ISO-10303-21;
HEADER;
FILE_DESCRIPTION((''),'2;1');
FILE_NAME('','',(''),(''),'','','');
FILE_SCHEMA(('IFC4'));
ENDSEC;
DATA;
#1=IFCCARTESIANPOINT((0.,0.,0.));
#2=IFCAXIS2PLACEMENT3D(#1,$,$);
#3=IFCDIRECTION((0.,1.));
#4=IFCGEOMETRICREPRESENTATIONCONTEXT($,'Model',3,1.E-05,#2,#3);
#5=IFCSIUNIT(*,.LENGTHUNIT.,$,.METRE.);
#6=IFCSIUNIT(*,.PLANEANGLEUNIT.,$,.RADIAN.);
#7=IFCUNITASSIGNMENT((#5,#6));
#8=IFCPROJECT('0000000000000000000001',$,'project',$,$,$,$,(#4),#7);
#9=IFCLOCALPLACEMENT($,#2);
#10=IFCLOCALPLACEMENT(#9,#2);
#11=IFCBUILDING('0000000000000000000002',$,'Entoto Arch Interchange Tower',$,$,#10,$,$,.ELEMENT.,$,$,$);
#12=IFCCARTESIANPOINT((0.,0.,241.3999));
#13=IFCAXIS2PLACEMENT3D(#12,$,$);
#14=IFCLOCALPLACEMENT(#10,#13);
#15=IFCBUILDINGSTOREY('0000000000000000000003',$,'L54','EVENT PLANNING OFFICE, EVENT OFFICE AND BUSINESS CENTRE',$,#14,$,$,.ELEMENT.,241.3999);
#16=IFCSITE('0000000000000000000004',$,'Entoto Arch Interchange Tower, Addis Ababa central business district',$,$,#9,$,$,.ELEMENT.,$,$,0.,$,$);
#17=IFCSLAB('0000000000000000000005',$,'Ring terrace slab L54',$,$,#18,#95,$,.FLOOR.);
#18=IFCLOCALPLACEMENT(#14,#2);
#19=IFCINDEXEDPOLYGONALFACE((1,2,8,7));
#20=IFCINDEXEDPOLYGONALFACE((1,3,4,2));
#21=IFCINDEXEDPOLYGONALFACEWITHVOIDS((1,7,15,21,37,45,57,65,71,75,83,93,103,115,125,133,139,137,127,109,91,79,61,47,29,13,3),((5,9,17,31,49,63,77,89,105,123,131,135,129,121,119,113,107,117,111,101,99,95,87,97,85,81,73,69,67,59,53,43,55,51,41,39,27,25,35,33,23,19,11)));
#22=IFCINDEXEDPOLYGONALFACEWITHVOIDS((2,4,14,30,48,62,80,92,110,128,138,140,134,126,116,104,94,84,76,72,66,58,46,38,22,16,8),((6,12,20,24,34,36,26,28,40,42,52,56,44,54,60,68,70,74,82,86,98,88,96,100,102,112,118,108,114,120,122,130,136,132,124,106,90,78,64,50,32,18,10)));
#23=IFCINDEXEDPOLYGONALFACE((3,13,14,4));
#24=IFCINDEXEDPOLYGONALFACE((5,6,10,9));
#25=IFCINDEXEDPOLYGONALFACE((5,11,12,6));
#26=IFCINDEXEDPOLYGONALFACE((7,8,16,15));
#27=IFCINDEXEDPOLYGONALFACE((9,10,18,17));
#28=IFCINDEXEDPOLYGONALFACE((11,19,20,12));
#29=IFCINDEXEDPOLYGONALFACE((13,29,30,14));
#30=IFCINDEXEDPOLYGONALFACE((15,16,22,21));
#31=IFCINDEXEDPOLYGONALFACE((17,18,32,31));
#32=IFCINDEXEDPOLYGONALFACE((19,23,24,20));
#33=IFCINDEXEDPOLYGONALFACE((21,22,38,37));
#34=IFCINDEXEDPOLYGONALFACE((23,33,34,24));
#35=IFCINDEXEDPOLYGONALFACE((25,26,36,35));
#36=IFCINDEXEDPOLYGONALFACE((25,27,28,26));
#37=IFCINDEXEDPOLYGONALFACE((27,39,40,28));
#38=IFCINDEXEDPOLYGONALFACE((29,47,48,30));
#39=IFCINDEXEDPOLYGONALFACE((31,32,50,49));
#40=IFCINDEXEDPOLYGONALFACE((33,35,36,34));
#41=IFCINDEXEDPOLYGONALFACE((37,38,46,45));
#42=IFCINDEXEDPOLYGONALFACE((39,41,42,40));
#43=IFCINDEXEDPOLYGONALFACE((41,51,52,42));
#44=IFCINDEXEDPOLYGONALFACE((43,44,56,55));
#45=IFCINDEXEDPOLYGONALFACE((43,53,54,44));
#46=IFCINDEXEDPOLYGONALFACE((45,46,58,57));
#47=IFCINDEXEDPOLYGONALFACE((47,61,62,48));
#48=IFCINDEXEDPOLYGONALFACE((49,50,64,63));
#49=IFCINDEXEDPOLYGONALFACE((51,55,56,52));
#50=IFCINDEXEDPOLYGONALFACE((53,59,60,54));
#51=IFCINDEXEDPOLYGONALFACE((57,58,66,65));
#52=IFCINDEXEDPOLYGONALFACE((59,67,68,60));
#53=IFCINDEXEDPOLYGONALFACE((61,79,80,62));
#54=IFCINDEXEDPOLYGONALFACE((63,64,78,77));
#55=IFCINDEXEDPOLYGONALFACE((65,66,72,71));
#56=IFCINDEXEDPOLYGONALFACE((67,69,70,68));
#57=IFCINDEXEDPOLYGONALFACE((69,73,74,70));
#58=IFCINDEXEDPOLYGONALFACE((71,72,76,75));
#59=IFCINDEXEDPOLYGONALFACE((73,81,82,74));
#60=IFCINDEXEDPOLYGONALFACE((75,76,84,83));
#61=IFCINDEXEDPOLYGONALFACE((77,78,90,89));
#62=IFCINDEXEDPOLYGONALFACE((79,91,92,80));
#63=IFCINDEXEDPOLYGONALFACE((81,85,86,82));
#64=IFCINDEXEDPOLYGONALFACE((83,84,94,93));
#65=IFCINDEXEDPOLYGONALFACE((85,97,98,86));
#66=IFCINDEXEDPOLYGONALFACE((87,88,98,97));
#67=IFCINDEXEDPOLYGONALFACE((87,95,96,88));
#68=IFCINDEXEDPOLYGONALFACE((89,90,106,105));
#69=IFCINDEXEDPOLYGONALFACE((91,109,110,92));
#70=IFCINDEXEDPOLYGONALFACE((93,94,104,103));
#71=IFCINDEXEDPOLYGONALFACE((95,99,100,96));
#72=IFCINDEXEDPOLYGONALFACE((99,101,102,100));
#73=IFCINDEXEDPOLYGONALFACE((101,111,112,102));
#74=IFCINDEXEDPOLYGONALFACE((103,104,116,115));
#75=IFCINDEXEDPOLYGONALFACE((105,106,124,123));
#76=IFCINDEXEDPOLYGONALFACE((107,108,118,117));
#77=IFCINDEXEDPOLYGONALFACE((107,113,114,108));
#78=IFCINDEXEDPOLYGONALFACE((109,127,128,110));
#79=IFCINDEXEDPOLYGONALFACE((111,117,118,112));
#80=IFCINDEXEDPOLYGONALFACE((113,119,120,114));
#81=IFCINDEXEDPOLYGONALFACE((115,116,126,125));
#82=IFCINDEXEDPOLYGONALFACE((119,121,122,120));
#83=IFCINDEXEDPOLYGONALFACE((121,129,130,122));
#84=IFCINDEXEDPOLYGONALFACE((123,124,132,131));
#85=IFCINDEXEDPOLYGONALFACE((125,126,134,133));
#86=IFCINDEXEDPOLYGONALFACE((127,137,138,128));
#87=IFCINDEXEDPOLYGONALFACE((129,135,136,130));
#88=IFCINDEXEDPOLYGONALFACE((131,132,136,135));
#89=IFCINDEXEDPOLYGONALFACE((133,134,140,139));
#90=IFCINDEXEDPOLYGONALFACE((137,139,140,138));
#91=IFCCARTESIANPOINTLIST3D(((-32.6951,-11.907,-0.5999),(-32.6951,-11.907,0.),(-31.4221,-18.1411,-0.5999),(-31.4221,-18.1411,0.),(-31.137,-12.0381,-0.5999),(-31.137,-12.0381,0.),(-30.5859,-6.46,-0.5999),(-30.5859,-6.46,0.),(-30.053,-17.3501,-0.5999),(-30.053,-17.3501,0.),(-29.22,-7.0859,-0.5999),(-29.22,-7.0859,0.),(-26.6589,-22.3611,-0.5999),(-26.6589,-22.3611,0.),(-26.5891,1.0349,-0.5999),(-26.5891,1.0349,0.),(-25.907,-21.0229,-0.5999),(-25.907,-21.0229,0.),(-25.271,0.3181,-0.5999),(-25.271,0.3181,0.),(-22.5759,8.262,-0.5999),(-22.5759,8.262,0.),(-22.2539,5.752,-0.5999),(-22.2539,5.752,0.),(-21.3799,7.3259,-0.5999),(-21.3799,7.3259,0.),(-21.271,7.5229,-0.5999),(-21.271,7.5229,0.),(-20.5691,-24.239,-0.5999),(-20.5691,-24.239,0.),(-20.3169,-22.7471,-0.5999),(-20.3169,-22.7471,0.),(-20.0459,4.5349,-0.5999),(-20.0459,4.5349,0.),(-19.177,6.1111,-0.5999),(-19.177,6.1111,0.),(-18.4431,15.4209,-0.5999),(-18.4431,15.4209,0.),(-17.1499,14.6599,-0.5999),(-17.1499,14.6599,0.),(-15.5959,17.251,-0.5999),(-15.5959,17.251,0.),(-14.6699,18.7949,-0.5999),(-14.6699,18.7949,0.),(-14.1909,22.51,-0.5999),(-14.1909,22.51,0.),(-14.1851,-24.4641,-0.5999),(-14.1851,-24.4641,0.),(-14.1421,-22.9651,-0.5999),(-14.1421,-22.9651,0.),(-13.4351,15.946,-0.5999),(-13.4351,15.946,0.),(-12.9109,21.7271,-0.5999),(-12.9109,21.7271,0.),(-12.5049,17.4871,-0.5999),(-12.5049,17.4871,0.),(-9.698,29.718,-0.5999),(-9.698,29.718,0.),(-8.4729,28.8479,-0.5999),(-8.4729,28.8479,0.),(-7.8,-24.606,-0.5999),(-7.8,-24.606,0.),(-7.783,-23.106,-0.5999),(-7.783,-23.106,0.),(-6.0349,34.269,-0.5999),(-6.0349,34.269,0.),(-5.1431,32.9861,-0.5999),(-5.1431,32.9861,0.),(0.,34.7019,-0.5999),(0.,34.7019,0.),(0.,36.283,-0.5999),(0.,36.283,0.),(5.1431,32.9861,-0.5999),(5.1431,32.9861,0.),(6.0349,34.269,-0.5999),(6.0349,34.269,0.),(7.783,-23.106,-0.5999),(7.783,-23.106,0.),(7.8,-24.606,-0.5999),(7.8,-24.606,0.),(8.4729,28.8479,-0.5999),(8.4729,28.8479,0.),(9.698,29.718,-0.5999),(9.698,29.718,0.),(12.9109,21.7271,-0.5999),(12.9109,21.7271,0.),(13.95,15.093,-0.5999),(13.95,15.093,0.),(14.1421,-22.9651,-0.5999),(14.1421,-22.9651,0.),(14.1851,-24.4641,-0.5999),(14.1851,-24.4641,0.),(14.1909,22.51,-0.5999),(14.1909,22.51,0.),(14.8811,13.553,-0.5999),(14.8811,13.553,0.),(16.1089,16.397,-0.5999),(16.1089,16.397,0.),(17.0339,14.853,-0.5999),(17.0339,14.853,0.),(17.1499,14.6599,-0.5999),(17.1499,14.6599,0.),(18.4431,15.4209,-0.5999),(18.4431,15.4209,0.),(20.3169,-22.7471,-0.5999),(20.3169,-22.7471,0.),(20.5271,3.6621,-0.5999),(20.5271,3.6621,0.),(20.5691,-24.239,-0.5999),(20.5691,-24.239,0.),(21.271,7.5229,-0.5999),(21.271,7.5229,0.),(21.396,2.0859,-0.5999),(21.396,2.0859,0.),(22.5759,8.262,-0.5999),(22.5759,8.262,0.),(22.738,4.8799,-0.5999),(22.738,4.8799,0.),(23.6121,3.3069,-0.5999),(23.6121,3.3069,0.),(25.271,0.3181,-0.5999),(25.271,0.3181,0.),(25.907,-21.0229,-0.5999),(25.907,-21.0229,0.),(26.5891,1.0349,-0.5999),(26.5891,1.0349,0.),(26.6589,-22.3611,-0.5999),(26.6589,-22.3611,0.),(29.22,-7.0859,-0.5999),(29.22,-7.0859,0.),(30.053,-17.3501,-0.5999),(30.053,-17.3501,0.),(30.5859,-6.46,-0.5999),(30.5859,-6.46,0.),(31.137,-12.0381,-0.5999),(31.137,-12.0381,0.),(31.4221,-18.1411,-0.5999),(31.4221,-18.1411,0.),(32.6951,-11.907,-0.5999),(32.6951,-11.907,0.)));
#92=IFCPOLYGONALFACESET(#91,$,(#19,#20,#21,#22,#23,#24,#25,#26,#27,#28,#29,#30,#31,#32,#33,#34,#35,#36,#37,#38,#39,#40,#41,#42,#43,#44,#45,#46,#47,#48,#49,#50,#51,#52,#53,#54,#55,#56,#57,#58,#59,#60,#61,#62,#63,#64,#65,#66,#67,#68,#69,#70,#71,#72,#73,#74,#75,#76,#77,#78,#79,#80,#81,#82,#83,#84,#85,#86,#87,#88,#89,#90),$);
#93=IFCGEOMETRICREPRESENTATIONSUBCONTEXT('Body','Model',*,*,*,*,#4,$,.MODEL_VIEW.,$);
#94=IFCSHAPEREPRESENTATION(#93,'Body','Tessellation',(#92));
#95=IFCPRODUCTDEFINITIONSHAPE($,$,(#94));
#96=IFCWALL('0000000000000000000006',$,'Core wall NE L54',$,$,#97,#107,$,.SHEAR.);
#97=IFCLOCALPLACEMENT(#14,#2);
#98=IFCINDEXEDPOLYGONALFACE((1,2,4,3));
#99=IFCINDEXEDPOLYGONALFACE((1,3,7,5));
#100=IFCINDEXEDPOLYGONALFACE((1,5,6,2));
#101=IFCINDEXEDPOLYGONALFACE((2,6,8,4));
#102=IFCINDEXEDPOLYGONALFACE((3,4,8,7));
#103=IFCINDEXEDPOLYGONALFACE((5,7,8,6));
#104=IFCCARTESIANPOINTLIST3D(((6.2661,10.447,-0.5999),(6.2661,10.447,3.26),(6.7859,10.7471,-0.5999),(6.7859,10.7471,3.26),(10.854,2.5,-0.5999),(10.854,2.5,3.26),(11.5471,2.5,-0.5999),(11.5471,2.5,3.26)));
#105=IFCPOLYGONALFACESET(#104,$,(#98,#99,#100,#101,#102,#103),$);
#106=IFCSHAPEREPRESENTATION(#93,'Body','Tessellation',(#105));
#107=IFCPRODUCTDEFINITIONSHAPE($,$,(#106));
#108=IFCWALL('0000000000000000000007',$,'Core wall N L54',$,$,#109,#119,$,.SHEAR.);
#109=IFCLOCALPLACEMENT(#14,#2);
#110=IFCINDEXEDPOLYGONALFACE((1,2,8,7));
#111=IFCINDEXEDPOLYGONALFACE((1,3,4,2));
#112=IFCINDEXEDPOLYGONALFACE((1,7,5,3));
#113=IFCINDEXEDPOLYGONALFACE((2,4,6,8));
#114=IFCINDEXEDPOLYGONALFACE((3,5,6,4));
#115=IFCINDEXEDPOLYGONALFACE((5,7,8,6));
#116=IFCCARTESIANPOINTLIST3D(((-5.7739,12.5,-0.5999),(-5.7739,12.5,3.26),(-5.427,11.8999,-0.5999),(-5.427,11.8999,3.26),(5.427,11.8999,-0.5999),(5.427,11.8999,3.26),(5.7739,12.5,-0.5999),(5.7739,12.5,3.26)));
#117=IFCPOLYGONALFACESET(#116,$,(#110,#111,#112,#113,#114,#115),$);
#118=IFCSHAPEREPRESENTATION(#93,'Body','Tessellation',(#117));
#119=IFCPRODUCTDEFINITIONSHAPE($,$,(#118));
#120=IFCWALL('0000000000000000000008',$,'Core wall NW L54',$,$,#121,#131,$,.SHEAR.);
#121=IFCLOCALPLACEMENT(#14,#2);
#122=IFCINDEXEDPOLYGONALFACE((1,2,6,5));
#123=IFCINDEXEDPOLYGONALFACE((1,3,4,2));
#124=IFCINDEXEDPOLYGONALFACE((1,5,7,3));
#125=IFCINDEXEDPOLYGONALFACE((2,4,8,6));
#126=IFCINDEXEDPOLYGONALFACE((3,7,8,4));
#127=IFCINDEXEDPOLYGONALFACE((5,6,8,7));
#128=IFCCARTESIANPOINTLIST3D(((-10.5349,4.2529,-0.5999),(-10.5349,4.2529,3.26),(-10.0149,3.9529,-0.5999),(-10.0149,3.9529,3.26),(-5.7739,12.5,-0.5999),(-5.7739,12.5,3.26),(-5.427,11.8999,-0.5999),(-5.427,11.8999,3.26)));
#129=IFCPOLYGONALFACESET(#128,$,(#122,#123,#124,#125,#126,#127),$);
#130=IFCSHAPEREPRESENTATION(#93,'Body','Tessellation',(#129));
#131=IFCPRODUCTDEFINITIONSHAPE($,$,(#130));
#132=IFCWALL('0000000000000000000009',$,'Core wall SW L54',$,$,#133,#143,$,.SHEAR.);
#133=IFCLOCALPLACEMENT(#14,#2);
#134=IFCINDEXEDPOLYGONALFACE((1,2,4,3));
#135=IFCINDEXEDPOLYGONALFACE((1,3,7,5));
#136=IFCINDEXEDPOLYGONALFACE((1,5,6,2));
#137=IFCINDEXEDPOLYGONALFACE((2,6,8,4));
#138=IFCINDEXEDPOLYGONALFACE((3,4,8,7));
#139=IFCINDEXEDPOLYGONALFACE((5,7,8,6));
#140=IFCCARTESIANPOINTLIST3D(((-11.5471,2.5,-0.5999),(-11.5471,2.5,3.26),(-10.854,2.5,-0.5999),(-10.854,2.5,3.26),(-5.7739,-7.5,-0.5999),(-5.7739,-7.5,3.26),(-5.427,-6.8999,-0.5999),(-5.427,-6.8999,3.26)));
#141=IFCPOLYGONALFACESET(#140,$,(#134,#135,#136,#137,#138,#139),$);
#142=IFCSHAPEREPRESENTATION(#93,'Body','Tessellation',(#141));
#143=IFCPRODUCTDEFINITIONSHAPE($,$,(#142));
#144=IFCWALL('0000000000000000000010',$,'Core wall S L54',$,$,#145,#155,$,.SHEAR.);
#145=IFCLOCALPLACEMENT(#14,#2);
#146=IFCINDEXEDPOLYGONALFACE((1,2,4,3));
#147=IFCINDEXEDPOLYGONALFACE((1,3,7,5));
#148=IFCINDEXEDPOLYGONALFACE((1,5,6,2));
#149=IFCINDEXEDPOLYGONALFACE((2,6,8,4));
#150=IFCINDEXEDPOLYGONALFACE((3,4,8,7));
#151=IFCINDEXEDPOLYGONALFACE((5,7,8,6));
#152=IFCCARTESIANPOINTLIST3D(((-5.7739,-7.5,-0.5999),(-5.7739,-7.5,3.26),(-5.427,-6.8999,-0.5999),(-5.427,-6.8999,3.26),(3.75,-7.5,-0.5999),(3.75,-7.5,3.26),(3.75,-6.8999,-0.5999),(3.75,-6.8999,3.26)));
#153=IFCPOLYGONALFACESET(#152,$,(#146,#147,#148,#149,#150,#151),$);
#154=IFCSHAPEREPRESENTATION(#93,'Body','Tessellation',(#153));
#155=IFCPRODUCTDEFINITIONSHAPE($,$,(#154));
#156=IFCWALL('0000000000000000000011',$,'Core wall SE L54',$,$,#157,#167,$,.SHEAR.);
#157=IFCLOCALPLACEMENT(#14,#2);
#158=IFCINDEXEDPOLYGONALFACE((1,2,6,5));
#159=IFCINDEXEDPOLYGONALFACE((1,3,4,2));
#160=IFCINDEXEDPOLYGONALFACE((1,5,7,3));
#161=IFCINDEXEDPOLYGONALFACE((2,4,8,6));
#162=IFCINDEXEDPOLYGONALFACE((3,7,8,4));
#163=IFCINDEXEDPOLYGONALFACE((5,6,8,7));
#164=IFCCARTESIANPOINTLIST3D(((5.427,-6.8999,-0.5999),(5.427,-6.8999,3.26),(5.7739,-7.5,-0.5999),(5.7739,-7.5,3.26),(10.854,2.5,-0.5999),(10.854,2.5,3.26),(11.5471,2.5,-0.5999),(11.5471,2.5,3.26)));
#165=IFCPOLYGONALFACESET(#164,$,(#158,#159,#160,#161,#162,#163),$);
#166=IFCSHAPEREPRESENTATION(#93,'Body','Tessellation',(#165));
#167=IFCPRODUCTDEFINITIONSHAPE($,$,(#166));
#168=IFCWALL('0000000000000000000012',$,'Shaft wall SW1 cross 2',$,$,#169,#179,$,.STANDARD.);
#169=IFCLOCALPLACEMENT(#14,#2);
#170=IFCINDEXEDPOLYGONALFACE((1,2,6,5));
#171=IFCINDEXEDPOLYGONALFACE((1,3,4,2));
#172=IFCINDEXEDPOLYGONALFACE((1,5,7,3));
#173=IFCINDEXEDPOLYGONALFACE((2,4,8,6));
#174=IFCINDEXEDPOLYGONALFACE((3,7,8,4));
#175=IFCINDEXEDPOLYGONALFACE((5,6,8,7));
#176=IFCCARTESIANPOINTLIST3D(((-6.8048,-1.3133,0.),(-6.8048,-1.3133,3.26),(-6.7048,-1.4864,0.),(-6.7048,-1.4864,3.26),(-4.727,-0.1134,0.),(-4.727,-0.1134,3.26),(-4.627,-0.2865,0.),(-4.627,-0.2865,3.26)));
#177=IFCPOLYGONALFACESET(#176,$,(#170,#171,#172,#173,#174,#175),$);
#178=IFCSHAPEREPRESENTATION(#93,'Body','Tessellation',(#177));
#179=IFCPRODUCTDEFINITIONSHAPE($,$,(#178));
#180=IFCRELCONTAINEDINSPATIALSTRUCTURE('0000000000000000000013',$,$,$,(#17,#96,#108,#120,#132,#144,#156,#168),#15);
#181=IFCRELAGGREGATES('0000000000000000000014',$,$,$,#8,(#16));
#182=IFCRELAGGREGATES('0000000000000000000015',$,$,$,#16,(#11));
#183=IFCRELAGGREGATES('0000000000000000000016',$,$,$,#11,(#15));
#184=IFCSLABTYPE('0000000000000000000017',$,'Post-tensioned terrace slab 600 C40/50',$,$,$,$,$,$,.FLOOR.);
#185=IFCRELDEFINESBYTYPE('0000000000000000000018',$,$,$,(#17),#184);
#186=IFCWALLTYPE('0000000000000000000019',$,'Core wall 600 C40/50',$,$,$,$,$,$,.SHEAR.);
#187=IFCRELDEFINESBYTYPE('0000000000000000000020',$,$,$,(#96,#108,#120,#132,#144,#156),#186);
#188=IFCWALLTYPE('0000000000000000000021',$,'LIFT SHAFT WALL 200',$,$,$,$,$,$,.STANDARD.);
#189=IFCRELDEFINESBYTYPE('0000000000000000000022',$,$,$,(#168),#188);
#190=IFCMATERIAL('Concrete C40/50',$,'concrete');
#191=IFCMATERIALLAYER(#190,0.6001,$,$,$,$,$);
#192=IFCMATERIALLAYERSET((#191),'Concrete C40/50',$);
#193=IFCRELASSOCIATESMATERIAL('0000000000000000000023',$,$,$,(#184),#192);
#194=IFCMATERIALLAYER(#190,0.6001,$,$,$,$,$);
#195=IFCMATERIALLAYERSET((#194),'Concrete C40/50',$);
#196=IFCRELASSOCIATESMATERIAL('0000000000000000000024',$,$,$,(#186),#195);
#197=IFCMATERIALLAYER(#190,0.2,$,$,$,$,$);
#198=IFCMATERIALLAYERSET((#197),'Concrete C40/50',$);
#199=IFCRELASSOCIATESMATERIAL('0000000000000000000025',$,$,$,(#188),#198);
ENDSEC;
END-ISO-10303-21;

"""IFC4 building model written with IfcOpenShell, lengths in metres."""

from ifc_helpers import new_model, si_unit, direction, frame, frame_2d, origin, place, context, subcontext, project, spatial, polyline, rectangle, outline, extrude, material, layer, layer_set, type_object, element, save


model = new_model("IFC4")

# Units and contexts
model_context = context("Model", 3, precision=1e-05, world=origin(), true_north=direction((0.0, 1.0)))
body_context = subcontext(model_context, "Body", "Model", "MODEL_VIEW")
ifc_project = project(units=[si_unit("LENGTHUNIT", "METRE"), si_unit("PLANEANGLEUNIT", "RADIAN")], contexts=[model_context])

# Site, building, storey
site_placement = place(None, origin())
site = spatial("IfcSite", under=ifc_project, at=site_placement, Name="Entoto Arch Interchange Tower, Addis Ababa central business district", CompositionType="ELEMENT", RefElevation=0.0)
building_placement = place(site_placement, origin())
building = spatial("IfcBuilding", under=site, at=building_placement, Name="Entoto Arch Interchange Tower", CompositionType="ELEMENT")
storey_placement = place(building_placement, frame((0.0, 0.0, 241.3999)))
storey = spatial("IfcBuildingStorey", under=building, at=storey_placement, Name="L54", Description="EVENT PLANNING OFFICE, EVENT OFFICE AND BUSINESS CENTRE", CompositionType="ELEMENT", Elevation=241.3999)

# Slab
ifc_material_1 = material(Name="Concrete C40/50", Category="concrete")
ifc_layer_1 = layer(ifc_material_1, 0.6001)
ifc_layer_set_1 = layer_set([ifc_layer_1], Name="Concrete C40/50")
slab_type_1 = type_object("IfcSlabType", Name="Post-tensioned terrace slab 600 C40/50", PredefinedType="FLOOR", material=ifc_layer_set_1)
slab_1_placement = place(storey_placement, frame((0.0, 0.0, -0.5999)))
element("IfcSlab", 1, at=slab_1_placement, inside=storey, type_object=slab_type_1, Name="Ring terrace slab L54", PredefinedType="FLOOR", context=body_context, shape_type="SweptSolid", body=[
    extrude(outline(polyline([(-22.5759, 8.262), (-26.5891, 1.0349), (-30.5859, -6.46), (-32.6951, -11.907), (-31.4221, -18.1411), (-26.6589, -22.3611), (-20.5691, -24.239), (-14.1851, -24.4641), (-7.8, -24.606), (7.8, -24.606), (14.1851, -24.4641), (20.5691, -24.239), (26.6589, -22.3611), (31.4221, -18.1411), (32.6951, -11.907), (30.5859, -6.46), (26.5891, 1.0349), (22.5759, 8.262), (18.4431, 15.4209), (14.1909, 22.51), (9.698, 29.718), (6.0349, 34.269), (0.0, 36.283), (-6.0349, 34.269), (-9.698, 29.718), (-14.1909, 22.51), (-18.4431, 15.4209), (-22.5759, 8.262)]), holes=[polyline([(17.1499, 14.6599), (17.0339, 14.853), (14.8811, 13.553), (13.95, 15.093), (16.1089, 16.397), (12.9109, 21.7271), (8.4729, 28.8479), (5.1431, 32.9861), (0.0, 34.7019), (-5.1431, 32.9861), (-8.4729, 28.8479), (-12.9109, 21.7271), (-14.6699, 18.7949), (-12.5049, 17.4871), (-13.4351, 15.946), (-15.5959, 17.251), (-17.1499, 14.6599), (-21.271, 7.5229), (-21.3799, 7.3259), (-19.177, 6.1111), (-20.0459, 4.5349), (-22.2539, 5.752), (-25.271, 0.3181), (-29.22, -7.0859), (-31.137, -12.0381), (-30.053, -17.3501), (-25.907, -21.0229), (-20.3169, -22.7471), (-14.1421, -22.9651), (-7.783, -23.106), (7.783, -23.106), (14.1421, -22.9651), (20.3169, -22.7471), (25.907, -21.0229), (30.053, -17.3501), (31.137, -12.0381), (29.22, -7.0859), (25.271, 0.3181), (23.6121, 3.3069), (21.396, 2.0859), (20.5271, 3.6621), (22.738, 4.8799), (21.271, 7.5229), (17.1499, 14.6599)])]), origin(), (0.0, 0.0, 1.0), 0.5999),
])

# Walls
ifc_layer_2 = layer(ifc_material_1, 0.6001)
ifc_layer_set_2 = layer_set([ifc_layer_2], Name="Concrete C40/50")
wall_type_1 = type_object("IfcWallType", Name="Core wall 600 C40/50", PredefinedType="SHEAR", material=ifc_layer_set_2)
wall_1_placement = place(storey_placement, frame((0.0, 0.0, -0.5999)))
element("IfcWall", 2, at=wall_1_placement, inside=storey, type_object=wall_type_1, Name="Core wall NE L54", PredefinedType="SHEAR", context=body_context, shape_type="SweptSolid", body=[
    extrude(outline(polyline([(6.7859, 10.7471), (6.2661, 10.447), (10.854, 2.5), (11.5471, 2.5), (6.7859, 10.7471)])), origin(), (0.0, 0.0, 1.0), 3.8599),
])
wall_2_placement = place(storey_placement, frame((0.0, 0.0, -0.5999)))
element("IfcWall", 3, at=wall_2_placement, inside=storey, type_object=wall_type_1, Name="Core wall N L54", PredefinedType="SHEAR", context=body_context, shape_type="SweptSolid", body=[
    extrude(outline(polyline([(5.7739, 12.5), (-5.7739, 12.5), (-5.427, 11.8999), (5.427, 11.8999), (5.7739, 12.5)])), origin(), (0.0, 0.0, 1.0), 3.8599),
])
wall_3_placement = place(storey_placement, frame((0.0, 0.0, -0.5999)))
element("IfcWall", 4, at=wall_3_placement, inside=storey, type_object=wall_type_1, Name="Core wall NW L54", PredefinedType="SHEAR", context=body_context, shape_type="SweptSolid", body=[
    extrude(outline(polyline([(-10.5349, 4.2529), (-10.0149, 3.9529), (-5.427, 11.8999), (-5.7739, 12.5), (-10.5349, 4.2529)])), origin(), (0.0, 0.0, 1.0), 3.8599),
])
wall_4_placement = place(storey_placement, frame((0.0, 0.0, -0.5999)))
element("IfcWall", 5, at=wall_4_placement, inside=storey, type_object=wall_type_1, Name="Core wall SW L54", PredefinedType="SHEAR", context=body_context, shape_type="SweptSolid", body=[
    extrude(outline(polyline([(-11.5471, 2.5), (-5.7739, -7.5), (-5.427, -6.8999), (-10.854, 2.5), (-11.5471, 2.5)])), origin(), (0.0, 0.0, 1.0), 3.8599),
])
wall_5_placement = place(storey_placement, frame((0.0, 0.0, -0.5999)))
element("IfcWall", 6, at=wall_5_placement, inside=storey, type_object=wall_type_1, Name="Core wall S L54", PredefinedType="SHEAR", context=body_context, shape_type="SweptSolid", body=[
    extrude(outline(polyline([(3.75, -7.5), (3.75, -6.8999), (-5.427, -6.8999), (-5.7739, -7.5), (3.75, -7.5)])), origin(), (0.0, 0.0, 1.0), 3.8599),
])
wall_6_placement = place(storey_placement, frame((0.0, 0.0, -0.5999)))
element("IfcWall", 7, at=wall_6_placement, inside=storey, type_object=wall_type_1, Name="Core wall SE L54", PredefinedType="SHEAR", context=body_context, shape_type="SweptSolid", body=[
    extrude(outline(polyline([(5.7739, -7.5), (11.5471, 2.5), (10.854, 2.5), (5.427, -6.8999), (5.7739, -7.5)])), origin(), (0.0, 0.0, 1.0), 3.8599),
])
ifc_layer_3 = layer(ifc_material_1, 0.2)
ifc_layer_set_3 = layer_set([ifc_layer_3], Name="Concrete C40/50")
wall_type_2 = type_object("IfcWallType", Name="LIFT SHAFT WALL 200", PredefinedType="STANDARD", material=ifc_layer_set_3)
wall_7_placement = place(storey_placement, frame((-4.677, -0.2, 0.0), z_axis=(0.0, 0.0, 1.0), x_axis=(-0.865974, -0.500089, 0.0)))
element("IfcWall", 8, at=wall_7_placement, inside=storey, type_object=wall_type_2, Name="Shaft wall SW1 cross 2", PredefinedType="STANDARD", context=body_context, shape_type="SweptSolid", body=[
    extrude(rectangle(XDim=2.3994, YDim=0.2, at=frame_2d((1.1997, 0.0))), origin(), (0.0, 0.0, 1.0), 3.26),
])

save(model, "model.ifc")
